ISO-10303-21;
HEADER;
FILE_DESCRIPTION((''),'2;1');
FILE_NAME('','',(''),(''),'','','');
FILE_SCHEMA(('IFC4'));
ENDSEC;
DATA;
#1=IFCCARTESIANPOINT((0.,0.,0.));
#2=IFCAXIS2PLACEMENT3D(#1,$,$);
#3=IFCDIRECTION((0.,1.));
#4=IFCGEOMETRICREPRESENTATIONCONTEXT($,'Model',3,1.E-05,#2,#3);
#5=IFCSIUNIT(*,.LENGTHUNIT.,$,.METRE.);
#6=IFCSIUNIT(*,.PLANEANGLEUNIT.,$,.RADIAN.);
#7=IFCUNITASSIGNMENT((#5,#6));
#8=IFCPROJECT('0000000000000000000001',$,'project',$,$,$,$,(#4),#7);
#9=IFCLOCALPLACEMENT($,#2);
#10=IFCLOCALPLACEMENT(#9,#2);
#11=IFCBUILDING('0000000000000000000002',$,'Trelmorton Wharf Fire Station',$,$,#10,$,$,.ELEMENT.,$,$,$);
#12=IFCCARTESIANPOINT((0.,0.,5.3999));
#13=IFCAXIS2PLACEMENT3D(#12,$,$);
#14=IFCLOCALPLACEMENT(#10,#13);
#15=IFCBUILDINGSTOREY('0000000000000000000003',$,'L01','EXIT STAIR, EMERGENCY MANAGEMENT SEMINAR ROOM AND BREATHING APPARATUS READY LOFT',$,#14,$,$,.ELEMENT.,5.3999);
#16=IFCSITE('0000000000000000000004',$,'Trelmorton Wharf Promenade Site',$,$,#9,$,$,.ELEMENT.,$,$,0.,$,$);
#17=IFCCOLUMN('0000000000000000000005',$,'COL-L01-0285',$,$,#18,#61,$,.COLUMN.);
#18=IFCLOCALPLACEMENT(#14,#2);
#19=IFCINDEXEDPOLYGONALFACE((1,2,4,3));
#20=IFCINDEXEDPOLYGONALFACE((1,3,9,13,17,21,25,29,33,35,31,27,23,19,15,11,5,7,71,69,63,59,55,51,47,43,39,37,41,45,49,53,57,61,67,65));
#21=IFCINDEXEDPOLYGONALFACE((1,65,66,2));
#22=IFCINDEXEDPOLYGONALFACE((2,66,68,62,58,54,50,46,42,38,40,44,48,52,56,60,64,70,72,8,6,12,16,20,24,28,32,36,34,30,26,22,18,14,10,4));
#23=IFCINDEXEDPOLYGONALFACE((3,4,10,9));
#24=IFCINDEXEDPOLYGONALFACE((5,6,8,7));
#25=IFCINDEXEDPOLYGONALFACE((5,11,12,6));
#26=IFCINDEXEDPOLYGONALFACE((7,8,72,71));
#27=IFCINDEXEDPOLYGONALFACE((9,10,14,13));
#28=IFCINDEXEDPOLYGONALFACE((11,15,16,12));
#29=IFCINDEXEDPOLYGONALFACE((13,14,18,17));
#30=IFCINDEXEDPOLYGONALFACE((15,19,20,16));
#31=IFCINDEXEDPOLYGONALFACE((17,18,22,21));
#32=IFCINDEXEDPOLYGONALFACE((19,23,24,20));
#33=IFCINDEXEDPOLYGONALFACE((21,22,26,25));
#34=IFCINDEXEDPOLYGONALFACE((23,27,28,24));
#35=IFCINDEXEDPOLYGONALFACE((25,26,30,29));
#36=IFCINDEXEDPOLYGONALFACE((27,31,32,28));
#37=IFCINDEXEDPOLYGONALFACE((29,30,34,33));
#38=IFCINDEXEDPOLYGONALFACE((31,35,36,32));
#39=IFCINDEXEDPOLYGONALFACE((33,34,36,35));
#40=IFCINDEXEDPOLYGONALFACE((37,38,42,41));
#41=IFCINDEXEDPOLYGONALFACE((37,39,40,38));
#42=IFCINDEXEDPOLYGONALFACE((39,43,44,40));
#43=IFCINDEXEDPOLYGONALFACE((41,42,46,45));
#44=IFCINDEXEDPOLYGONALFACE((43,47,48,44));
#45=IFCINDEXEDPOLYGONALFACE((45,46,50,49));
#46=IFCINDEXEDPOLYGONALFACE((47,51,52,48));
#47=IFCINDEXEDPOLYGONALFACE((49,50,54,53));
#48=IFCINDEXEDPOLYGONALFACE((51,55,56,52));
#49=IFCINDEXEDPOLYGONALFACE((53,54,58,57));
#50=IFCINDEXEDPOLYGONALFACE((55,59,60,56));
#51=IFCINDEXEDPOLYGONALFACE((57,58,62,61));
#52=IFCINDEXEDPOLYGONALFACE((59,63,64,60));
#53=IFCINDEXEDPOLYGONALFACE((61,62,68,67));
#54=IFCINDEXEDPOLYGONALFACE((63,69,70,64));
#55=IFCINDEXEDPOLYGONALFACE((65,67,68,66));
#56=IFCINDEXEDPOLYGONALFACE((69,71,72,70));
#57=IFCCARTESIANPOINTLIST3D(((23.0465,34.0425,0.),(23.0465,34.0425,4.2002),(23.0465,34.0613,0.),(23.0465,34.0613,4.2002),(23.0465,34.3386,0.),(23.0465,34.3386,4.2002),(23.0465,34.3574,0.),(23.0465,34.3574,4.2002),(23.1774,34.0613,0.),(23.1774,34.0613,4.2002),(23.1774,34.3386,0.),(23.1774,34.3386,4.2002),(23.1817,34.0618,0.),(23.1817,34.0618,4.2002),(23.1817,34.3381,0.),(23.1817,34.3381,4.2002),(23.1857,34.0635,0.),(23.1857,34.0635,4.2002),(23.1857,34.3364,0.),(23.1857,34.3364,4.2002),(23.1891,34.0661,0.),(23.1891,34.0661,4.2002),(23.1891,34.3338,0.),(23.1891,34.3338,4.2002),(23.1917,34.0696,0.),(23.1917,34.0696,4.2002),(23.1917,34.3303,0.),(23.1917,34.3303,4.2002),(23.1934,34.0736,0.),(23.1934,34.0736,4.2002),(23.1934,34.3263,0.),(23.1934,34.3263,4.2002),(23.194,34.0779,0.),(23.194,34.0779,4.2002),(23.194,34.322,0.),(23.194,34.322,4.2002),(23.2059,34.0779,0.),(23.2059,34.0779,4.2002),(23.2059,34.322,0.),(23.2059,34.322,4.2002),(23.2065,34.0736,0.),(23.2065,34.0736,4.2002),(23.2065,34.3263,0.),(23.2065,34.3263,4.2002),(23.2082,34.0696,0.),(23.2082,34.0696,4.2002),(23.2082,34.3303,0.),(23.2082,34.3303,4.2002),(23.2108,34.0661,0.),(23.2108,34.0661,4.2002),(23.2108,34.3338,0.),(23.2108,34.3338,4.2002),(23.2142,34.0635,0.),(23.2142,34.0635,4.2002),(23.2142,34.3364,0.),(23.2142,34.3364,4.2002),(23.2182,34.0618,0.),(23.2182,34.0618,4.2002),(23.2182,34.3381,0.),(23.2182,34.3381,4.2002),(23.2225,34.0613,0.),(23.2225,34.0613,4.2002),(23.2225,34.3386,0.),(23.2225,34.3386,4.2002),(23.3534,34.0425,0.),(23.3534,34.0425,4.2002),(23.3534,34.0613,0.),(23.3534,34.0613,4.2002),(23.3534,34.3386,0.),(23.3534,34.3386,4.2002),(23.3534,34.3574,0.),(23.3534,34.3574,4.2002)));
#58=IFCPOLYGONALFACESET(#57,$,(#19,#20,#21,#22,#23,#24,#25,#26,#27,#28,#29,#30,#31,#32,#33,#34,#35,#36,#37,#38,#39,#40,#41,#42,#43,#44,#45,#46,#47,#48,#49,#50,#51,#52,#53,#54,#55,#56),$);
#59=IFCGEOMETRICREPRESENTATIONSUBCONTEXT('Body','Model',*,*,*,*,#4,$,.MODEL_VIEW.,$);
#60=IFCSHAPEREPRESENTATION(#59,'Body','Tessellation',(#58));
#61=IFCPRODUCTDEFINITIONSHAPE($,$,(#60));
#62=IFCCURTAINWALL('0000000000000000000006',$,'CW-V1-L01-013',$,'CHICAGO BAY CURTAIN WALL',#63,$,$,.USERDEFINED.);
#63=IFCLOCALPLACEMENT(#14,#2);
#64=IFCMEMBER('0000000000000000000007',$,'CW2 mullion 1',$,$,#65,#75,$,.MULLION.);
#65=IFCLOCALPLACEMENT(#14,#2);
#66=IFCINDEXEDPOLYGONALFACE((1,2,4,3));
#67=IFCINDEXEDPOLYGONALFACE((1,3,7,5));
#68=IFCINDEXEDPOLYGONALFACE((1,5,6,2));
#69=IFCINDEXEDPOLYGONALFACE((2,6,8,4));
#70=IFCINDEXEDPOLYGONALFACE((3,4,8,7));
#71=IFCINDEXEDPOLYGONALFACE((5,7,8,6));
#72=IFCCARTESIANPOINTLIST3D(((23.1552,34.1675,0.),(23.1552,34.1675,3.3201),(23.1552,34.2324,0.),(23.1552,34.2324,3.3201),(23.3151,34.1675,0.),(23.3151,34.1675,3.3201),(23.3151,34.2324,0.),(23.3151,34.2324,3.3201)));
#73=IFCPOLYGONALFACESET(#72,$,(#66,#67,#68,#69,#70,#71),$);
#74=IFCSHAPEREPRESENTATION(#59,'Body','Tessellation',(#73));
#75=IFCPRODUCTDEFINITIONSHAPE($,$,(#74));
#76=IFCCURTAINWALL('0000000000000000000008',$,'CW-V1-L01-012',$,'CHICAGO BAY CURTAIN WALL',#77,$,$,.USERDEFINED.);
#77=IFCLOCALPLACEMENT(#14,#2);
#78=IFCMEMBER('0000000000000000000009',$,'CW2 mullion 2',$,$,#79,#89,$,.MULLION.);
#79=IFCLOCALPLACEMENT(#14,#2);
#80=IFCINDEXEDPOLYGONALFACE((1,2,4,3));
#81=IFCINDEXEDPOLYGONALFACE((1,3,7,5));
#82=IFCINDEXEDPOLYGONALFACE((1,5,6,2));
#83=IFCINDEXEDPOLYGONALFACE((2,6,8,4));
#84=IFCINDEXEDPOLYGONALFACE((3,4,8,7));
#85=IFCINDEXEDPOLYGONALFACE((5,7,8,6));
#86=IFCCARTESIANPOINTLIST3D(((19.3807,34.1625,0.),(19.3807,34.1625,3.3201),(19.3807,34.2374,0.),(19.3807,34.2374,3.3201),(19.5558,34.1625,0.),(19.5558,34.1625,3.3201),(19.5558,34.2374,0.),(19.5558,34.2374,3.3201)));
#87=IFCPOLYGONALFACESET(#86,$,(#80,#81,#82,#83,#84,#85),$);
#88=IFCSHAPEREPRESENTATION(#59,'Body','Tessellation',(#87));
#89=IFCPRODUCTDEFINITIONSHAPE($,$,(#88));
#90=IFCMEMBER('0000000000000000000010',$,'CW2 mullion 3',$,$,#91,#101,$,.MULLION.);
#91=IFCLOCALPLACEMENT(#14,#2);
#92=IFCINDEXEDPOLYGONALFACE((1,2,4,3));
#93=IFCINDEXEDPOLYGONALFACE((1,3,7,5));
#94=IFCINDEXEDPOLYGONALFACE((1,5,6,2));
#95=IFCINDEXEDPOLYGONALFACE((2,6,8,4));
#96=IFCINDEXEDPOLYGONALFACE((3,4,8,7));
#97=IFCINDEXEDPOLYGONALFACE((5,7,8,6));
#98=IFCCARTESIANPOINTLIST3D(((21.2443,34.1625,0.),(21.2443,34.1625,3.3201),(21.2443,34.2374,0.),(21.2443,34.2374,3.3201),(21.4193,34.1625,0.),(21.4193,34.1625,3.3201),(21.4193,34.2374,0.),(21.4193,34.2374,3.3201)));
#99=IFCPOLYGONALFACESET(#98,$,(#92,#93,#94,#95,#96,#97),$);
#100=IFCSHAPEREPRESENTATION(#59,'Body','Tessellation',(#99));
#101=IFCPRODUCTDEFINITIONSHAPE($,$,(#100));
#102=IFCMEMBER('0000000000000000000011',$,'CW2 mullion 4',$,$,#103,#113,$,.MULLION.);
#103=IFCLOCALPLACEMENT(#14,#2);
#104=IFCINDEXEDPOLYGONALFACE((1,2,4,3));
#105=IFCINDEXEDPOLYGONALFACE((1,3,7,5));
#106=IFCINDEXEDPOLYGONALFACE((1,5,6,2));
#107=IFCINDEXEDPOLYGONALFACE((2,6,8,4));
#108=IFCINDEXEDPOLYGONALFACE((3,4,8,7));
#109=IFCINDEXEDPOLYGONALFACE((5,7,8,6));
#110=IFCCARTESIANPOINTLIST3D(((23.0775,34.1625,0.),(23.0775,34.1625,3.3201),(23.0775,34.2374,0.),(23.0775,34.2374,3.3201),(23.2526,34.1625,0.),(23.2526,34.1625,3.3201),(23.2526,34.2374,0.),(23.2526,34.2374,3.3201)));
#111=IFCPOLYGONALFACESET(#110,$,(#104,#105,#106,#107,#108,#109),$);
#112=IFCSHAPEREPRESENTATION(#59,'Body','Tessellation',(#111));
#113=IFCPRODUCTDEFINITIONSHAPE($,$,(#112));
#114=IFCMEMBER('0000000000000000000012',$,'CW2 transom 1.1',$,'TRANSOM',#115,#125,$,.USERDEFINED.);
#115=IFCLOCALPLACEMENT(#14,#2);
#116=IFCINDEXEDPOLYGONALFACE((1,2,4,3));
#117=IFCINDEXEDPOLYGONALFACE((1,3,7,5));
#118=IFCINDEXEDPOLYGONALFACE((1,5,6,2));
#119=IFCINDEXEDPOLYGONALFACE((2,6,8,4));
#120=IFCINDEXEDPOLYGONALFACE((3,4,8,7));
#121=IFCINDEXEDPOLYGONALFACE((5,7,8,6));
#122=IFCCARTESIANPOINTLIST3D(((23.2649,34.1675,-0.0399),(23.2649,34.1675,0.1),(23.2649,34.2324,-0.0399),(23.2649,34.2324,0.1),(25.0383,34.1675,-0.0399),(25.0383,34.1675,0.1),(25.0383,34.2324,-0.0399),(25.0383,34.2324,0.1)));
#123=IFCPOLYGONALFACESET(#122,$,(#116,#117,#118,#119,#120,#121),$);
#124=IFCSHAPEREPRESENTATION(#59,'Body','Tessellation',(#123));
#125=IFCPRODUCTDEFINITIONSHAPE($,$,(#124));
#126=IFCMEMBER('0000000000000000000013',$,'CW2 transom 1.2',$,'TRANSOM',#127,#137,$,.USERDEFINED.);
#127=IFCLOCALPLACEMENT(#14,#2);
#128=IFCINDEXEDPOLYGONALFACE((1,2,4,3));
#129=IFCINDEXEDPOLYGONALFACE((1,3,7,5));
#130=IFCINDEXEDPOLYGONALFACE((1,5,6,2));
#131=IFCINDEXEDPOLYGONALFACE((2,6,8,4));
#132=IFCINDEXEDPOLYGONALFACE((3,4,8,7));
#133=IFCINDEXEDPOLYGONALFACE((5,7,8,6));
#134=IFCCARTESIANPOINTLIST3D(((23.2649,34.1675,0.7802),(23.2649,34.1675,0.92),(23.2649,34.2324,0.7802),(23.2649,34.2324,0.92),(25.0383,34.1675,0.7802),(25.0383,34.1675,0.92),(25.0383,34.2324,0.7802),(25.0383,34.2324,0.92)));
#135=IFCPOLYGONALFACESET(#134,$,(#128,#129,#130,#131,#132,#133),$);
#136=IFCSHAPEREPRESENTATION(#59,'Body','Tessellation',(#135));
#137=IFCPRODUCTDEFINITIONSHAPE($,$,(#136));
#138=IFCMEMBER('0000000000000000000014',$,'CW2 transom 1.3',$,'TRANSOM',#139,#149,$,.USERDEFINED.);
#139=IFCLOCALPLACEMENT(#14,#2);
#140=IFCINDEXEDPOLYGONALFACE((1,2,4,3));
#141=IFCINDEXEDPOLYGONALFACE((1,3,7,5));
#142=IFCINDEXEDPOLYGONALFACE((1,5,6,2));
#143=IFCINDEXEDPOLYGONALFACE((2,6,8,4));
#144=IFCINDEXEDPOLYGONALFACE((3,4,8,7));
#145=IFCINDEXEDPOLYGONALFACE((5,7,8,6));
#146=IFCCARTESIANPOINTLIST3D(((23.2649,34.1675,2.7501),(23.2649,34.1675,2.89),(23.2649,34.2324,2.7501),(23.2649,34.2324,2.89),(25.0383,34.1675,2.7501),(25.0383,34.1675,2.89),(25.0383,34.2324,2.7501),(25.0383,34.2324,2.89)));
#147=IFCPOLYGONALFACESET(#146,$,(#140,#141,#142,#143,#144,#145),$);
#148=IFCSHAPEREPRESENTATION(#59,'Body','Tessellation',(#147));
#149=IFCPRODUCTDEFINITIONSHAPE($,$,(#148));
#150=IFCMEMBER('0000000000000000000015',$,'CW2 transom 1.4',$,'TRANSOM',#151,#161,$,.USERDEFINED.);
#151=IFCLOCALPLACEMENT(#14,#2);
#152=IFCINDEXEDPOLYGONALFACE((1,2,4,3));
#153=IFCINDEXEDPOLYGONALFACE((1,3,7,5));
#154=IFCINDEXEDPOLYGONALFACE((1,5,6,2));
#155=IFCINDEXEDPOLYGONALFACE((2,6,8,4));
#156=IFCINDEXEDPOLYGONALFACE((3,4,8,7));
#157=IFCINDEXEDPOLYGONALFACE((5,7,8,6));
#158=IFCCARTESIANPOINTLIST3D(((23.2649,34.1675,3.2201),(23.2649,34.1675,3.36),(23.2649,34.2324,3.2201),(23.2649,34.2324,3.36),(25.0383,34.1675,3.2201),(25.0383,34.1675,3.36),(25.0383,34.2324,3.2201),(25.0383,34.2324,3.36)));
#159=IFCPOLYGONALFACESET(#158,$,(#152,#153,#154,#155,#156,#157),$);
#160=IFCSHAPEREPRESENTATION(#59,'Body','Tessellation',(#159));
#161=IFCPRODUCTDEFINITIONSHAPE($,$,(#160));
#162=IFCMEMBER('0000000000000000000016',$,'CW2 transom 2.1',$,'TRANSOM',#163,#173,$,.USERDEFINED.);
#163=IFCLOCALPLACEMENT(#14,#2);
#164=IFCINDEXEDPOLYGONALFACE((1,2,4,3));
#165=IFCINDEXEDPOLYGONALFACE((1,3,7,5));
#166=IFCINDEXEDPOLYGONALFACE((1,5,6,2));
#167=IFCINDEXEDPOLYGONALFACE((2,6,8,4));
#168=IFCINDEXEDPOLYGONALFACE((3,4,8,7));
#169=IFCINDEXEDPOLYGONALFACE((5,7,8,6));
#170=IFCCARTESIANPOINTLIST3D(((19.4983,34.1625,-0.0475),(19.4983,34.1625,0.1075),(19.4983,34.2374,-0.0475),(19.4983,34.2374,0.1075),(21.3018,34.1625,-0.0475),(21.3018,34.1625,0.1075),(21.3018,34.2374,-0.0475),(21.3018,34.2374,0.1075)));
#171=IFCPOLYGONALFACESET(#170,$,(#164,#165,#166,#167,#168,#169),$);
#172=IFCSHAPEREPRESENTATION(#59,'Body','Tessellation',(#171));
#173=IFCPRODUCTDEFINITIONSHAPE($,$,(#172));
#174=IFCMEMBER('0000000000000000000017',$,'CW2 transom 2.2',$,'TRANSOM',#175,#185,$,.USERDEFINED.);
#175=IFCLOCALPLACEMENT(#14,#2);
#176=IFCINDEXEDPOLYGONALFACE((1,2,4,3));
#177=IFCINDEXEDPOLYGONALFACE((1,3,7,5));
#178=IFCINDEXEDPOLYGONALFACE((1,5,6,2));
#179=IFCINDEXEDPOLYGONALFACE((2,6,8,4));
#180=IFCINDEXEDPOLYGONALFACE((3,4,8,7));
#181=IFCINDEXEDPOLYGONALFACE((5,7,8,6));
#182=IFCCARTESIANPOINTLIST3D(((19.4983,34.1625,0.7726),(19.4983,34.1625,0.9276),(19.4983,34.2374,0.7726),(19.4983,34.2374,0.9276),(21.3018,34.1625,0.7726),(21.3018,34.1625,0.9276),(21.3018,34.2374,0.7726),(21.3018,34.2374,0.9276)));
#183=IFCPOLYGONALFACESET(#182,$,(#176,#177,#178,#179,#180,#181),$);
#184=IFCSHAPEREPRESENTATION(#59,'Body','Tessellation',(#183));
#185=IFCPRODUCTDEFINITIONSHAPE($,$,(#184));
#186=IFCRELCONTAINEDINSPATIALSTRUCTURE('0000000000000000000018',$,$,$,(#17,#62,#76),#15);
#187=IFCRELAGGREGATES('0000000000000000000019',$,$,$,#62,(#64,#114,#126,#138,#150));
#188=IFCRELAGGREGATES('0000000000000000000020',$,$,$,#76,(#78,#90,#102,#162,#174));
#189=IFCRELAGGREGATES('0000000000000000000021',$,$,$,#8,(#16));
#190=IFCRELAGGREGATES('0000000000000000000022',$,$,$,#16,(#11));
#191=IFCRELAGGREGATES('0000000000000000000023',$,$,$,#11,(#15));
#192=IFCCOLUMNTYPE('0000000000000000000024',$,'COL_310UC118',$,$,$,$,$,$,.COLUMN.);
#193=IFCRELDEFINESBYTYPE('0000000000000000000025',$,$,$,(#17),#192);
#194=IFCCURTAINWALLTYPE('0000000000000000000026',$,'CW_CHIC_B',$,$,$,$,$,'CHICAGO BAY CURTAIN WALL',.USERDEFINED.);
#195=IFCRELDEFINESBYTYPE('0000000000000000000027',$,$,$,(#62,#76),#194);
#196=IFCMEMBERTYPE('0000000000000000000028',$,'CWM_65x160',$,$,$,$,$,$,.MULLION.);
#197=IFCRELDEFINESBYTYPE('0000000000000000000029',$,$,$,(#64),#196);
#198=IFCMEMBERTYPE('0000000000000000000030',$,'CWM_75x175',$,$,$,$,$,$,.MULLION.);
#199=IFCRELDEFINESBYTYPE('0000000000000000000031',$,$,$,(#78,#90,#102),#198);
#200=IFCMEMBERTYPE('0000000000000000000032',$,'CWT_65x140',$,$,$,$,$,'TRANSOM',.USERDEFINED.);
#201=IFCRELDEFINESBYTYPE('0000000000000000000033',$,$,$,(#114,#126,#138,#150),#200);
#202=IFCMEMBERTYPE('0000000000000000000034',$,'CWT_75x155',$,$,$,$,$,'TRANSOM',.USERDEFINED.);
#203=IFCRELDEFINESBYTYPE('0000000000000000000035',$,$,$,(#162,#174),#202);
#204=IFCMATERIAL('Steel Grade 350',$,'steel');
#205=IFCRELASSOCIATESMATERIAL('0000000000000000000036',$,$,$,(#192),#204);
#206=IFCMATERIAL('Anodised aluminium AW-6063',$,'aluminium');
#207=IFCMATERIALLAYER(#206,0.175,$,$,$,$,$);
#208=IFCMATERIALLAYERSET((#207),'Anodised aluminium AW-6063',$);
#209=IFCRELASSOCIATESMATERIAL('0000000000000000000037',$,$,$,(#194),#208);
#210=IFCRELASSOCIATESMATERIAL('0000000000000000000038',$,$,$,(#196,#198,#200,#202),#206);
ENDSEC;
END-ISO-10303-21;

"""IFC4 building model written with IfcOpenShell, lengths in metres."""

from ifc_helpers import new_model, si_unit, direction, frame, origin, origin_2d, place, context, subcontext, project, spatial, rectangle, i_section, extrude, material, layer, layer_set, material_profile, profile_set, type_object, element, aggregate, save


model = new_model("IFC4")

# Units and contexts
model_context = context("Model", 3, precision=1e-05, world=origin(), true_north=direction((0.0, 1.0)))
body_context = subcontext(model_context, "Body", "Model", "MODEL_VIEW")
ifc_project = project(units=[si_unit("LENGTHUNIT", "METRE"), si_unit("PLANEANGLEUNIT", "RADIAN")], contexts=[model_context])

# Site, building, storey
site_placement = place(None, origin())
site = spatial("IfcSite", under=ifc_project, at=site_placement, Name="Trelmorton Wharf Promenade Site", CompositionType="ELEMENT", RefElevation=0.0)
building_placement = place(site_placement, origin())
building = spatial("IfcBuilding", under=site, at=building_placement, Name="Trelmorton Wharf Fire Station", CompositionType="ELEMENT")
storey_placement = place(building_placement, frame((0.0, 0.0, 5.3999)))
storey = spatial("IfcBuildingStorey", under=building, at=storey_placement, Name="L01", Description="EXIT STAIR, EMERGENCY MANAGEMENT SEMINAR ROOM AND BREATHING APPARATUS READY LOFT", CompositionType="ELEMENT", Elevation=5.3999)

# Column
ifc_material_1 = material(Name="Steel Grade 350", Category="steel")
ifc_material_profile_1 = material_profile(ifc_material_1, i_section(OverallWidth=0.3069, OverallDepth=0.3149, WebThickness=0.012, FlangeThickness=0.0188, FilletRadius=0.0166, at=origin_2d()), Name="310UC118")
ifc_profile_set_1 = profile_set([ifc_material_profile_1], Name="Steel Grade 350")
column_type = type_object("IfcColumnType", Name="COL_310UC118", PredefinedType="COLUMN", material=ifc_profile_set_1)
column_placement = place(storey_placement, frame((23.2, 34.2, 0.0), z_axis=(0.0, 0.0, 1.0), x_axis=(1.0, 0.0, 0.0)))
element("IfcColumn", 1, at=column_placement, inside=storey, type_object=column_type, Name="COL-L01-0285", PredefinedType="COLUMN", context=body_context, shape_type="SweptSolid", body=[
    extrude(i_section(OverallWidth=0.3069, OverallDepth=0.3149, WebThickness=0.012, FlangeThickness=0.0188, FilletRadius=0.0166, at=origin_2d()), origin(), (0.0, 0.0, 1.0), 4.2002),
])

# Curtain wall, member
ifc_material_2 = material(Name="Anodised aluminium AW-6063", Category="aluminium")
ifc_layer_1 = layer(ifc_material_2, 0.175)
ifc_layer_set_1 = layer_set([ifc_layer_1], Name="Anodised aluminium AW-6063")
curtain_wall_type = type_object("IfcCurtainWallType", Name="CW_CHIC_B", ElementType="CHICAGO BAY CURTAIN WALL", PredefinedType="USERDEFINED", material=ifc_layer_set_1)
curtain_wall_1_placement = place(storey_placement, origin())
curtain_wall_1 = element("IfcCurtainWall", 2, at=curtain_wall_1_placement, inside=storey, type_object=curtain_wall_type, Name="CW-V1-L01-013", ObjectType="CHICAGO BAY CURTAIN WALL", PredefinedType="USERDEFINED")
ifc_material_profile_2 = material_profile(ifc_material_2, rectangle(XDim=0.0649, YDim=0.1599, at=origin_2d()), Name="ALU-65x160")
ifc_profile_set_2 = profile_set([ifc_material_profile_2], Name="Anodised aluminium AW-6063")
member_type_1 = type_object("IfcMemberType", Name="CWM_65x160", PredefinedType="MULLION", material=ifc_profile_set_2)
member_1_placement = place(storey_placement, frame((23.2351, 34.2, 0.0), z_axis=(0.0, 0.0, 1.0), x_axis=(0.0, 1.0, 0.0)))
member_1 = element("IfcMember", 3, at=member_1_placement, type_object=member_type_1, Name="CW2 mullion 1", PredefinedType="MULLION", context=body_context, shape_type="SweptSolid", body=[
    extrude(rectangle(XDim=0.0649, YDim=0.1599, at=origin_2d()), origin(), (0.0, 0.0, 1.0), 3.3201),
])

# Curtain wall, members
curtain_wall_2_placement = place(storey_placement, origin())
curtain_wall_2 = element("IfcCurtainWall", 4, at=curtain_wall_2_placement, inside=storey, type_object=curtain_wall_type, Name="CW-V1-L01-012", ObjectType="CHICAGO BAY CURTAIN WALL", PredefinedType="USERDEFINED")
ifc_material_profile_3 = material_profile(ifc_material_2, rectangle(XDim=0.075, YDim=0.175, at=origin_2d()), Name="ALU-75x175")
ifc_profile_set_3 = profile_set([ifc_material_profile_3], Name="Anodised aluminium AW-6063")
member_type_2 = type_object("IfcMemberType", Name="CWM_75x175", PredefinedType="MULLION", material=ifc_profile_set_3)
member_2_placement = place(storey_placement, frame((19.4683, 34.2, 0.0), z_axis=(0.0, 0.0, 1.0), x_axis=(0.0, 1.0, 0.0)))
member_2 = element("IfcMember", 5, at=member_2_placement, type_object=member_type_2, Name="CW2 mullion 2", PredefinedType="MULLION", context=body_context, shape_type="SweptSolid", body=[
    extrude(rectangle(XDim=0.075, YDim=0.175, at=origin_2d()), origin(), (0.0, 0.0, 1.0), 3.3201),
])
member_3_placement = place(storey_placement, frame((21.3318, 34.2, 0.0), z_axis=(0.0, 0.0, 1.0), x_axis=(0.0, 1.0, 0.0)))
member_3 = element("IfcMember", 6, at=member_3_placement, type_object=member_type_2, Name="CW2 mullion 3", PredefinedType="MULLION", context=body_context, shape_type="SweptSolid", body=[
    extrude(rectangle(XDim=0.075, YDim=0.175, at=origin_2d()), origin(), (0.0, 0.0, 1.0), 3.3201),
])
member_4_placement = place(storey_placement, frame((23.165, 34.2, 0.0), z_axis=(0.0, 0.0, 1.0), x_axis=(0.0, 1.0, 0.0)))
member_4 = element("IfcMember", 7, at=member_4_placement, type_object=member_type_2, Name="CW2 mullion 4", PredefinedType="MULLION", context=body_context, shape_type="SweptSolid", body=[
    extrude(rectangle(XDim=0.075, YDim=0.175, at=origin_2d()), origin(), (0.0, 0.0, 1.0), 3.3201),
])

# Members
ifc_material_profile_4 = material_profile(ifc_material_2, rectangle(XDim=0.0649, YDim=0.1399, at=origin_2d()), Name="ALU-65x140")
ifc_profile_set_4 = profile_set([ifc_material_profile_4], Name="Anodised aluminium AW-6063")
member_type_3 = type_object("IfcMemberType", Name="CWT_65x140", ElementType="TRANSOM", PredefinedType="USERDEFINED", material=ifc_profile_set_4)
member_5_placement = place(storey_placement, frame((23.2649, 34.2, 0.03), z_axis=(1.0, 0.0, 0.0), x_axis=(0.0, 1.0, 0.0)))
member_5 = element("IfcMember", 8, at=member_5_placement, type_object=member_type_3, Name="CW2 transom 1.1", ObjectType="TRANSOM", PredefinedType="USERDEFINED", context=body_context, shape_type="SweptSolid", body=[
    extrude(rectangle(XDim=0.0649, YDim=0.1399, at=origin_2d()), origin(), (0.0, 0.0, 1.0), 1.7734),
])
member_6_placement = place(storey_placement, frame((23.2649, 34.2, 0.8501), z_axis=(1.0, 0.0, 0.0), x_axis=(0.0, 1.0, 0.0)))
member_6 = element("IfcMember", 9, at=member_6_placement, type_object=member_type_3, Name="CW2 transom 1.2", ObjectType="TRANSOM", PredefinedType="USERDEFINED", context=body_context, shape_type="SweptSolid", body=[
    extrude(rectangle(XDim=0.0649, YDim=0.1399, at=origin_2d()), origin(), (0.0, 0.0, 1.0), 1.7734),
])
member_7_placement = place(storey_placement, frame((23.2649, 34.2, 2.8201), z_axis=(1.0, 0.0, 0.0), x_axis=(0.0, 1.0, 0.0)))
member_7 = element("IfcMember", 10, at=member_7_placement, type_object=member_type_3, Name="CW2 transom 1.3", ObjectType="TRANSOM", PredefinedType="USERDEFINED", context=body_context, shape_type="SweptSolid", body=[
    extrude(rectangle(XDim=0.0649, YDim=0.1399, at=origin_2d()), origin(), (0.0, 0.0, 1.0), 1.7734),
])
member_8_placement = place(storey_placement, frame((23.2649, 34.2, 3.29), z_axis=(1.0, 0.0, 0.0), x_axis=(0.0, 1.0, 0.0)))
member_8 = element("IfcMember", 11, at=member_8_placement, type_object=member_type_3, Name="CW2 transom 1.4", ObjectType="TRANSOM", PredefinedType="USERDEFINED", context=body_context, shape_type="SweptSolid", body=[
    extrude(rectangle(XDim=0.0649, YDim=0.1399, at=origin_2d()), origin(), (0.0, 0.0, 1.0), 1.7734),
])
aggregate(curtain_wall_1, [member_1, member_5, member_6, member_7, member_8])
ifc_material_profile_5 = material_profile(ifc_material_2, rectangle(XDim=0.075, YDim=0.155, at=origin_2d()), Name="ALU-75x155")
ifc_profile_set_5 = profile_set([ifc_material_profile_5], Name="Anodised aluminium AW-6063")
member_type_4 = type_object("IfcMemberType", Name="CWT_75x155", ElementType="TRANSOM", PredefinedType="USERDEFINED", material=ifc_profile_set_5)
member_9_placement = place(storey_placement, frame((19.4983, 34.2, 0.03), z_axis=(1.0, 0.0, 0.0), x_axis=(0.0, 1.0, 0.0)))
member_9 = element("IfcMember", 12, at=member_9_placement, type_object=member_type_4, Name="CW2 transom 2.1", ObjectType="TRANSOM", PredefinedType="USERDEFINED", context=body_context, shape_type="SweptSolid", body=[
    extrude(rectangle(XDim=0.075, YDim=0.155, at=origin_2d()), origin(), (0.0, 0.0, 1.0), 1.8035),
])
member_10_placement = place(storey_placement, frame((19.4983, 34.2, 0.8501), z_axis=(1.0, 0.0, 0.0), x_axis=(0.0, 1.0, 0.0)))
member_10 = element("IfcMember", 13, at=member_10_placement, type_object=member_type_4, Name="CW2 transom 2.2", ObjectType="TRANSOM", PredefinedType="USERDEFINED", context=body_context, shape_type="SweptSolid", body=[
    extrude(rectangle(XDim=0.075, YDim=0.155, at=origin_2d()), origin(), (0.0, 0.0, 1.0), 1.8035),
])

aggregate(curtain_wall_2, [member_2, member_3, member_4, member_9, member_10])

save(model, "model.ifc")
